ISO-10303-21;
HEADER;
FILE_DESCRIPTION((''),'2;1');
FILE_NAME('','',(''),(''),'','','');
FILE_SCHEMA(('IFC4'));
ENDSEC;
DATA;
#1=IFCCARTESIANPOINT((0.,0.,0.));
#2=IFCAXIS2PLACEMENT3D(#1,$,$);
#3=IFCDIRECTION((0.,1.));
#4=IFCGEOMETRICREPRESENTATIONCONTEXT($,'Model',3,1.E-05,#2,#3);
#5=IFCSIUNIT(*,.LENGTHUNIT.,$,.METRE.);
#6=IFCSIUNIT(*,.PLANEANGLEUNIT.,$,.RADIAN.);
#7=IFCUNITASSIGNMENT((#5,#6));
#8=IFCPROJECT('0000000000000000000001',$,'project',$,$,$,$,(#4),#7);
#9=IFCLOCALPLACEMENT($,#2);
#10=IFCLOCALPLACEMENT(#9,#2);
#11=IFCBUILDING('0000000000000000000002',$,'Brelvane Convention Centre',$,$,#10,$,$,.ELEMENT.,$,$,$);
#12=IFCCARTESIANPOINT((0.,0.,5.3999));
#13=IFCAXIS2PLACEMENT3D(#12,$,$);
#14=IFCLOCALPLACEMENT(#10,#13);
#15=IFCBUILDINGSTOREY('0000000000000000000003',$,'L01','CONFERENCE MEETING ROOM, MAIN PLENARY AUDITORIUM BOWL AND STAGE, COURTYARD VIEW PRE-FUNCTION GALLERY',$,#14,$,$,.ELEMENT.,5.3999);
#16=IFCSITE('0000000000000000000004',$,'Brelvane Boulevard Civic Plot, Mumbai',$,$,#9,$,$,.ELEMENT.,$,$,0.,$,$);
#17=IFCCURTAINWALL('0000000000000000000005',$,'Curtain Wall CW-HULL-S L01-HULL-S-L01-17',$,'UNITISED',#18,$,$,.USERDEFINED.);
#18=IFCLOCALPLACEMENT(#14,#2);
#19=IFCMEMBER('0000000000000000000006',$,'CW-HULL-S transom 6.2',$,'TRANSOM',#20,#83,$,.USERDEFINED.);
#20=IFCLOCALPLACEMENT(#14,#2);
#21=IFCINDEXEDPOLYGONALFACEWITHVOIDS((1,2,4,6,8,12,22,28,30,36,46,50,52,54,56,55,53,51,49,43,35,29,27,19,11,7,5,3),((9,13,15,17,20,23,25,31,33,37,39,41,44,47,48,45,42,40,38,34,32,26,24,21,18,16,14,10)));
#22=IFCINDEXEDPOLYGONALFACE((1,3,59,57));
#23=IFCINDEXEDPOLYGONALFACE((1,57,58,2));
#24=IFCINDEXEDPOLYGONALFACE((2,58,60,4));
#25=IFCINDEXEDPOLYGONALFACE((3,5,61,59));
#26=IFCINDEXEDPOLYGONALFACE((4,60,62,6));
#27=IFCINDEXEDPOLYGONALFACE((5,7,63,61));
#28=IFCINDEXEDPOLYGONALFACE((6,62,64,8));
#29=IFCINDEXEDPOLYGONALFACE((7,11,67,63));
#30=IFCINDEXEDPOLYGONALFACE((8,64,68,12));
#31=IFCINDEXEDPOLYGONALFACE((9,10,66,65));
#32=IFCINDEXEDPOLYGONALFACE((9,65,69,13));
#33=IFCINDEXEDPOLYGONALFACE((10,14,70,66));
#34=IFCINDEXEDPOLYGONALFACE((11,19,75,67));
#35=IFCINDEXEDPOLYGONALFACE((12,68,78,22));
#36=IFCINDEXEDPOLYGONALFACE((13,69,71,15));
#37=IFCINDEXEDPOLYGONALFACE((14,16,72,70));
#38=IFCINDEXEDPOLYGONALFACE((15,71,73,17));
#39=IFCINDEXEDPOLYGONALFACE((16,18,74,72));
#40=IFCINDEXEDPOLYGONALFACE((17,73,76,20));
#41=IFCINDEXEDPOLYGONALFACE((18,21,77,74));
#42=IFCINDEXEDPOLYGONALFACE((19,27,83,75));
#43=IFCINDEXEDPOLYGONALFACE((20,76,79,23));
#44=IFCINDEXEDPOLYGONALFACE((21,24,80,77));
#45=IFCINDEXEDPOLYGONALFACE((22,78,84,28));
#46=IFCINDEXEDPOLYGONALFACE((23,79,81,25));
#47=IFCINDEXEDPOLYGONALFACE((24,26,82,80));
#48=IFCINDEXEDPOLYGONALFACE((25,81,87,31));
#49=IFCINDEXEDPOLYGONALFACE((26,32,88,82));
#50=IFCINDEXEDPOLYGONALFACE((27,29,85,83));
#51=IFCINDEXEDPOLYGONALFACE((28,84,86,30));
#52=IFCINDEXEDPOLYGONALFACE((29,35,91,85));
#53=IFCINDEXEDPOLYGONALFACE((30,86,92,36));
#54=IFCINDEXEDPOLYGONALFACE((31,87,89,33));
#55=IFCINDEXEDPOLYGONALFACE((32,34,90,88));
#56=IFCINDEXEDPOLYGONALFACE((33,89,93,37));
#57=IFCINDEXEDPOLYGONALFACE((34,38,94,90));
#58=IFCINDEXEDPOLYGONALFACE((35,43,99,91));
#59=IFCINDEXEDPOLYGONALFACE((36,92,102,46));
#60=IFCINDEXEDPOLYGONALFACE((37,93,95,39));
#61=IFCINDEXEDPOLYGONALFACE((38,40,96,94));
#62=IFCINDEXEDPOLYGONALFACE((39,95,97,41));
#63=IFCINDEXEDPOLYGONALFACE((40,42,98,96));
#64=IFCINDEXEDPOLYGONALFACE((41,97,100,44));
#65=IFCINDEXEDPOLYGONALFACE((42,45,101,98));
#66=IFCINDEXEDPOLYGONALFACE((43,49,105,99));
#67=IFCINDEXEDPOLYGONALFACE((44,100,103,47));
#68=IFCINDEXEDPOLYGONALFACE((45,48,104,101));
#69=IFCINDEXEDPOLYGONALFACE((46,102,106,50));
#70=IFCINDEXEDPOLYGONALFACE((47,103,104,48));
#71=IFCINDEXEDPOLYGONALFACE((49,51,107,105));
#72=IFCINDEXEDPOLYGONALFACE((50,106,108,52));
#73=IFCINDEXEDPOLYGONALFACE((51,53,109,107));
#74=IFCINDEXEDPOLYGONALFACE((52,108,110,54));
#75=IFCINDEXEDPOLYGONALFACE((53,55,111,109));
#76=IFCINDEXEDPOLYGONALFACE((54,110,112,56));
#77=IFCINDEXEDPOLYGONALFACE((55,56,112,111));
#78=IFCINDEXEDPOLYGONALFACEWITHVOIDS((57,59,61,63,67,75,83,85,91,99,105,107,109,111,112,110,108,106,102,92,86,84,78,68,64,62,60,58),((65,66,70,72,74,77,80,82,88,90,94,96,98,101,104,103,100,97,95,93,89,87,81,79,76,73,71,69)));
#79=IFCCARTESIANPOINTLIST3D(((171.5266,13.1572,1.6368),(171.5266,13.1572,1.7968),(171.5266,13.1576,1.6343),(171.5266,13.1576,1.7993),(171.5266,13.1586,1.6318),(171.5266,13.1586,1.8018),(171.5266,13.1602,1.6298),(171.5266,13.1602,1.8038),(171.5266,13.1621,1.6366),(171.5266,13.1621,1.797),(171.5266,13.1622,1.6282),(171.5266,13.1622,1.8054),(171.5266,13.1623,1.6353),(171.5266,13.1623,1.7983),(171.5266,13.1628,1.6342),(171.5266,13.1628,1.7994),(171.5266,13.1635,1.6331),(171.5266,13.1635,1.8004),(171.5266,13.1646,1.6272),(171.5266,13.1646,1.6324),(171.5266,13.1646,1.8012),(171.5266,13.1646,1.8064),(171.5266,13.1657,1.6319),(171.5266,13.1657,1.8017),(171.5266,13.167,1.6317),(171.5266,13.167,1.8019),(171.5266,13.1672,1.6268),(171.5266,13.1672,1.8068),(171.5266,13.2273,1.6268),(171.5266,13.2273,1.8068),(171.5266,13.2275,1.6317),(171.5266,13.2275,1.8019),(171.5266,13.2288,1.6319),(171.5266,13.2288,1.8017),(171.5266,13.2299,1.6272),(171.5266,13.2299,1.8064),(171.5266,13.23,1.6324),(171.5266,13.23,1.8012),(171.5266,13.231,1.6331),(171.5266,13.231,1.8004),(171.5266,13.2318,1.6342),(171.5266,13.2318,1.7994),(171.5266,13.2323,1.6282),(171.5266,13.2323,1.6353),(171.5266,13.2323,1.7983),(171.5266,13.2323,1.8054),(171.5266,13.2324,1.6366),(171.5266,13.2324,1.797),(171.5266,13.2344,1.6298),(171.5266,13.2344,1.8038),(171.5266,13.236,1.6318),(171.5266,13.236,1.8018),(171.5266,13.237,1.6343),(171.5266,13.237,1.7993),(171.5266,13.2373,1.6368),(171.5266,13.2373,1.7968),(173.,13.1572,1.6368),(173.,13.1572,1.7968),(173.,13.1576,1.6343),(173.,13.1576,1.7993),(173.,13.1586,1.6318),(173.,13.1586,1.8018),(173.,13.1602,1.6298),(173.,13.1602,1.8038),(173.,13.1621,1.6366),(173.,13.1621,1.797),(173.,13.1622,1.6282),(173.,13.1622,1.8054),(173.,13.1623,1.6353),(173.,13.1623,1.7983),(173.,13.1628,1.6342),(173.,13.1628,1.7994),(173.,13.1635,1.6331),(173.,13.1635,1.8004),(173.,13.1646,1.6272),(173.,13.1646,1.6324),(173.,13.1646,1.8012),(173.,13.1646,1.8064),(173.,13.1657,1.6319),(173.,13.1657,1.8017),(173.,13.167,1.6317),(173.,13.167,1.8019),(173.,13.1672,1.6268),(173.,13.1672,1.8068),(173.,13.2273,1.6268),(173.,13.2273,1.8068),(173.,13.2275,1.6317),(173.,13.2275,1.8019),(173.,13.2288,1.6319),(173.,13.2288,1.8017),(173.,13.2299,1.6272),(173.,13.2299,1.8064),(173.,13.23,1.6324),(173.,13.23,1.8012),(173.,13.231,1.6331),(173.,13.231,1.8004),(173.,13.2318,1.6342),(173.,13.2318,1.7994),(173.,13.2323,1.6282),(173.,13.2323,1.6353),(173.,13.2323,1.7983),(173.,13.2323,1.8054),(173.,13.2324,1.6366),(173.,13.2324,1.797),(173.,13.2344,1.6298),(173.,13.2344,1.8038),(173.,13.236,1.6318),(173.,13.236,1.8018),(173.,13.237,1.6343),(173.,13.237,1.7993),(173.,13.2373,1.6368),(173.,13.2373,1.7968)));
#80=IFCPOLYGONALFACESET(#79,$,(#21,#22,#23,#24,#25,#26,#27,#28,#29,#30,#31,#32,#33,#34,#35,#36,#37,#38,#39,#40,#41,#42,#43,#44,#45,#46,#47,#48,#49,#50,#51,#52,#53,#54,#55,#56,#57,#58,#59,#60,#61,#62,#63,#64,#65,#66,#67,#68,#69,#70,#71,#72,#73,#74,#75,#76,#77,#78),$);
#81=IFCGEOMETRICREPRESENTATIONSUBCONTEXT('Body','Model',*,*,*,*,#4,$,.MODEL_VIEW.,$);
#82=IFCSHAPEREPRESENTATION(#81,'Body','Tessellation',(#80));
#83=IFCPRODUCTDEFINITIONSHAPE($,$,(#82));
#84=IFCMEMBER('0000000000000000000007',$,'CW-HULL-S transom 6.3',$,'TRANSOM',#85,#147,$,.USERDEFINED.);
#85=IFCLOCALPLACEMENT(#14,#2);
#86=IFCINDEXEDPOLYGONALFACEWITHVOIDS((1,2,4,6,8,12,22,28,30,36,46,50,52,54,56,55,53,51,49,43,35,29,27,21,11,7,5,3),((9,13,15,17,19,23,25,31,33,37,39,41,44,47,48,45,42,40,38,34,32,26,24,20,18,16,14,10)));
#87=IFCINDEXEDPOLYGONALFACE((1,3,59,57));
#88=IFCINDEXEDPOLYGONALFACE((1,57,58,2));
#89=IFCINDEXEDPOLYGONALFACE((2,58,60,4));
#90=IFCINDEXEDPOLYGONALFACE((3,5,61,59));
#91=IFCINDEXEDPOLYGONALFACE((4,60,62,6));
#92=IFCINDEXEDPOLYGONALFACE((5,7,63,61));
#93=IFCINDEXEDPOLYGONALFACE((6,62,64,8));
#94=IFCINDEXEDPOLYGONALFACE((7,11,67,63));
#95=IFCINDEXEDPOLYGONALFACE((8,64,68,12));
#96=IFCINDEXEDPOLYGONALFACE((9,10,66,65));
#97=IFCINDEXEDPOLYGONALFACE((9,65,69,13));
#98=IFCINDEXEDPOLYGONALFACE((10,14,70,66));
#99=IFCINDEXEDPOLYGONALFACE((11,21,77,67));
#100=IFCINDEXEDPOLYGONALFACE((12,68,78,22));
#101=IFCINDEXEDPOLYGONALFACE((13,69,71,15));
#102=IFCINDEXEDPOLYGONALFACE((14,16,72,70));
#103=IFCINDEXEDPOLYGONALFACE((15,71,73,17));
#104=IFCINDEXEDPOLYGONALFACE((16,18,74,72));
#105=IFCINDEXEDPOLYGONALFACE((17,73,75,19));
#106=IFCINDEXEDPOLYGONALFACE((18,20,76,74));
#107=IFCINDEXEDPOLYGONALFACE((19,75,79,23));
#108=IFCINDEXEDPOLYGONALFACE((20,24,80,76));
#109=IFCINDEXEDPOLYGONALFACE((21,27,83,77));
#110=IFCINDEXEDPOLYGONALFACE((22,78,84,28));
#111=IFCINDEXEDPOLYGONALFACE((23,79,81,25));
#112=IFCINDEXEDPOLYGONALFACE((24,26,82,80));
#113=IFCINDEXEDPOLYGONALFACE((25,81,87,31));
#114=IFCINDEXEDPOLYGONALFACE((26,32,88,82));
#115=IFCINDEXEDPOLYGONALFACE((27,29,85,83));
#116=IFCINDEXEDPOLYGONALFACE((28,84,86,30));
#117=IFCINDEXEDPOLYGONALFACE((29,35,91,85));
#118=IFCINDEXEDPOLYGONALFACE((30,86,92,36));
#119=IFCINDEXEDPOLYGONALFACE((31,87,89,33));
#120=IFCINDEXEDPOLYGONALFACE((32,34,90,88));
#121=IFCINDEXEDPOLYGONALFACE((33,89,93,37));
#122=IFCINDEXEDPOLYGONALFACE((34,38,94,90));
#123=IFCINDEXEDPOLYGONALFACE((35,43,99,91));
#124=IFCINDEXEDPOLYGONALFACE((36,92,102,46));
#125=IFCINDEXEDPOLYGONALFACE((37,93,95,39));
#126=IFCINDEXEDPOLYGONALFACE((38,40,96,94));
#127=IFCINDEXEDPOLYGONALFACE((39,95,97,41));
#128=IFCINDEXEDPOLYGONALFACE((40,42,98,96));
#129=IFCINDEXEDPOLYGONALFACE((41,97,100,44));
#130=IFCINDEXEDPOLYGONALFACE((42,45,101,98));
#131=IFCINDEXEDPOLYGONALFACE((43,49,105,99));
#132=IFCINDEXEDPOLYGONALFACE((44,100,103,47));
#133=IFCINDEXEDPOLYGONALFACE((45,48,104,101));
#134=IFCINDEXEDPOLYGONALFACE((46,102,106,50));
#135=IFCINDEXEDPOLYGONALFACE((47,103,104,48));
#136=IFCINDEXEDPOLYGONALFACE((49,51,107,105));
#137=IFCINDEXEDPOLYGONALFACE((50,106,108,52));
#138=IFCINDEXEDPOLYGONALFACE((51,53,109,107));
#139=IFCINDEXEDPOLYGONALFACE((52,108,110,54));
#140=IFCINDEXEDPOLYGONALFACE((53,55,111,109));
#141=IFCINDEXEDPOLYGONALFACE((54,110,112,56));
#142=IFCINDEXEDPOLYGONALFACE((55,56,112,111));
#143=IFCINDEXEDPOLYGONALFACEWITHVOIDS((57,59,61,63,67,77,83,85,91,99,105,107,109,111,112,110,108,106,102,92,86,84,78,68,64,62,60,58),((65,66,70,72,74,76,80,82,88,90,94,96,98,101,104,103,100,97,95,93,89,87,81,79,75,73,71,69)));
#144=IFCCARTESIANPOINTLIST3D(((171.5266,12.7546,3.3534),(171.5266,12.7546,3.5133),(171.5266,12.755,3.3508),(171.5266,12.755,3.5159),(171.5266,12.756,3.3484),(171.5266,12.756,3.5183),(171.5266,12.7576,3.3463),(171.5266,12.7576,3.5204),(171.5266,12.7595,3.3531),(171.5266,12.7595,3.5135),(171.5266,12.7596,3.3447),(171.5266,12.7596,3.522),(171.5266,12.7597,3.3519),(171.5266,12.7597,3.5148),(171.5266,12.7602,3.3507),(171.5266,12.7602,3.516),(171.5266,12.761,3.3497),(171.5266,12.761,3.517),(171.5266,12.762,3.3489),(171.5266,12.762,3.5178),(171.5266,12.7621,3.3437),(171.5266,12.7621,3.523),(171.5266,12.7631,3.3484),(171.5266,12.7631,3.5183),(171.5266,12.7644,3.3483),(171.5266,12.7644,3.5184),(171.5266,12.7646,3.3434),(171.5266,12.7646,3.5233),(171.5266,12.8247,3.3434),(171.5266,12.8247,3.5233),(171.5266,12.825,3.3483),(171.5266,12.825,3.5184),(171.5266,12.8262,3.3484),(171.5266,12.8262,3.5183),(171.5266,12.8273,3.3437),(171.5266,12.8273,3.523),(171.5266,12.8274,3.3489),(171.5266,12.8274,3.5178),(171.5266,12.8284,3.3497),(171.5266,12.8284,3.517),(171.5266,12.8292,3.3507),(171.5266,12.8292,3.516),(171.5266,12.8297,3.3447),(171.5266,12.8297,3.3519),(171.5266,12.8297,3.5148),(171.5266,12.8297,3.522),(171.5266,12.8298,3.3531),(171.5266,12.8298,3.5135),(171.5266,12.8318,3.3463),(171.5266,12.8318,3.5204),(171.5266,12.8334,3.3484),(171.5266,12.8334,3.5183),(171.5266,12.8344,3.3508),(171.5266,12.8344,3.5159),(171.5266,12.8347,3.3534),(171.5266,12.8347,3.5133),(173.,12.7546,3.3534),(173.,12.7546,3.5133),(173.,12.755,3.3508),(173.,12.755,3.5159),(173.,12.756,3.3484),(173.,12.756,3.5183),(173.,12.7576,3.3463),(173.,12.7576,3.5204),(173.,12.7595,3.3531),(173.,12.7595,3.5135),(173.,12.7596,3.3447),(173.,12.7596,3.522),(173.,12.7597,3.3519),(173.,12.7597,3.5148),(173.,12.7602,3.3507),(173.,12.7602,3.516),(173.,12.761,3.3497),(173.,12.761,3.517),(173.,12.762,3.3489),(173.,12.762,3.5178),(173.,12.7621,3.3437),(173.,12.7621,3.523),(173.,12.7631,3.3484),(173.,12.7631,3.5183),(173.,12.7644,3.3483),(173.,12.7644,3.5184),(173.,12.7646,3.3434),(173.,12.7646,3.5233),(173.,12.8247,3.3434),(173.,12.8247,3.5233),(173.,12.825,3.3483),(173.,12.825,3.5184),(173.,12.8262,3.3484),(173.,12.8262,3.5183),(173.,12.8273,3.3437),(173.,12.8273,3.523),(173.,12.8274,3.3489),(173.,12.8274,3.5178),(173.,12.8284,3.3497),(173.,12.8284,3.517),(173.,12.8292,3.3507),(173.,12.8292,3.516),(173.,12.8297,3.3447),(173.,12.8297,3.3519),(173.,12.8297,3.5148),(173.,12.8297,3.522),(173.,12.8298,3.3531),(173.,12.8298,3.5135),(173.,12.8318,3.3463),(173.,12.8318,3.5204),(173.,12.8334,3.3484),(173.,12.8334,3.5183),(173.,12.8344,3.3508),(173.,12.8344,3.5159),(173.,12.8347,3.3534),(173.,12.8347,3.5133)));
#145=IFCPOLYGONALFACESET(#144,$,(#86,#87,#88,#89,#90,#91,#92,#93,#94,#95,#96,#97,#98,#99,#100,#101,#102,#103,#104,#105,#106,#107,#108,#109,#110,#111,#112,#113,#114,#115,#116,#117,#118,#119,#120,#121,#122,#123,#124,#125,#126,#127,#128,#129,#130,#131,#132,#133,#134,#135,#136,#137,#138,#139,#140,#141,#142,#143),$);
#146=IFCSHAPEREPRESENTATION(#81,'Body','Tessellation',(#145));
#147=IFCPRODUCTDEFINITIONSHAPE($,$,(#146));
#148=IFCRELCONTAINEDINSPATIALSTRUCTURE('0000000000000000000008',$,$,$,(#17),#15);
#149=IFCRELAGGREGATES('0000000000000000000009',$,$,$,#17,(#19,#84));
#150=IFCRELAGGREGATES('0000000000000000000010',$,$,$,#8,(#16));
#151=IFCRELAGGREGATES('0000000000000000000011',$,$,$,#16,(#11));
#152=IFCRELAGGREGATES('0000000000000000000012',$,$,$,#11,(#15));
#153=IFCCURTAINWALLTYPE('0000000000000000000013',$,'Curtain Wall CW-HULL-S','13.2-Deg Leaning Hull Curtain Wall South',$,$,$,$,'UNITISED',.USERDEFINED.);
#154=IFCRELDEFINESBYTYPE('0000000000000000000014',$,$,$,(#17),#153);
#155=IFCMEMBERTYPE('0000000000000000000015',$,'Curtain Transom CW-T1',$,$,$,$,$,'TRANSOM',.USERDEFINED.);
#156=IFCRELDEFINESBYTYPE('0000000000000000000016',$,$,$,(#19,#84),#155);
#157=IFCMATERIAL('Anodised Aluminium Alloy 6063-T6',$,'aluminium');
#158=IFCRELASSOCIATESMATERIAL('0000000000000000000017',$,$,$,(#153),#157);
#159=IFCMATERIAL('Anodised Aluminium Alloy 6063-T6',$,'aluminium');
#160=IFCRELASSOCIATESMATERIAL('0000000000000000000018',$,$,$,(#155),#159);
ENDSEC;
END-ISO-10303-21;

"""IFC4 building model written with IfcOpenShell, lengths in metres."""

from ifc_helpers import new_model, si_unit, direction, frame, origin, origin_2d, place, context, subcontext, project, spatial, hollow_rectangle, extrude, material, material_profile, profile_set, type_object, element, aggregate, save


model = new_model("IFC4")

# Units and contexts
model_context = context("Model", 3, precision=1e-05, world=origin(), true_north=direction((0.0, 1.0)))
body_context = subcontext(model_context, "Body", "Model", "MODEL_VIEW")
ifc_project = project(units=[si_unit("LENGTHUNIT", "METRE"), si_unit("PLANEANGLEUNIT", "RADIAN")], contexts=[model_context])

# Site, building, storey
site_placement = place(None, origin())
site = spatial("IfcSite", under=ifc_project, at=site_placement, Name="Brelvane Boulevard Civic Plot, Mumbai", CompositionType="ELEMENT", RefElevation=0.0)
building_placement = place(site_placement, origin())
building = spatial("IfcBuilding", under=site, at=building_placement, Name="Brelvane Convention Centre", CompositionType="ELEMENT")
storey_placement = place(building_placement, frame((0.0, 0.0, 5.3999)))
storey = spatial("IfcBuildingStorey", under=building, at=storey_placement, Name="L01", Description="CONFERENCE MEETING ROOM, MAIN PLENARY AUDITORIUM BOWL AND STAGE, COURTYARD VIEW PRE-FUNCTION GALLERY", CompositionType="ELEMENT", Elevation=5.3999)

# Curtain wall, members
ifc_material_1 = material(Name="Anodised Aluminium Alloy 6063-T6", Category="aluminium")
curtain_wall_type = type_object("IfcCurtainWallType", Name="Curtain Wall CW-HULL-S", Description="13.2-Deg Leaning Hull Curtain Wall South", ElementType="UNITISED", PredefinedType="USERDEFINED", material=ifc_material_1)
curtain_wall_1_placement = place(storey_placement, origin())
curtain_wall_1 = element("IfcCurtainWall", 1, at=curtain_wall_1_placement, inside=storey, type_object=curtain_wall_type, Name="Curtain Wall CW-HULL-S L01-HULL-S-L01-17", ObjectType="UNITISED", PredefinedType="USERDEFINED")
ifc_material_2 = material(Name="Anodised Aluminium Alloy 6063-T6", Category="aluminium")
ifc_material_profile = material_profile(ifc_material_2, hollow_rectangle(XDim=0.0801, YDim=0.1799, WallThickness=0.0049, InnerFilletRadius=0.0049, OuterFilletRadius=0.01, at=origin_2d()), Name="ALU-T 180x80x5.0")
ifc_profile_set = profile_set([ifc_material_profile], Name="Anodised Aluminium Alloy 6063-T6")
member_type = type_object("IfcMemberType", Name="Curtain Transom CW-T1", ElementType="TRANSOM", PredefinedType="USERDEFINED", material=ifc_profile_set)
member_1_placement = place(storey_placement, frame((171.5266, 13.1973, 1.7168), z_axis=(1.0, 0.0, 0.0), x_axis=(0.0, 1.0, 0.0)))
member_1 = element("IfcMember", 2, at=member_1_placement, type_object=member_type, Name="CW-HULL-S transom 6.2", ObjectType="TRANSOM", PredefinedType="USERDEFINED", context=body_context, shape_type="SweptSolid", body=[
    extrude(hollow_rectangle(XDim=0.0801, YDim=0.1799, WallThickness=0.0049, InnerFilletRadius=0.0049, OuterFilletRadius=0.01, at=origin_2d()), origin(), (0.0, 0.0, 1.0), 1.4734),
])
member_2_placement = place(storey_placement, frame((171.5266, 12.7947, 3.4333), z_axis=(1.0, 0.0, 0.0), x_axis=(0.0, 1.0, 0.0)))
member_2 = element("IfcMember", 3, at=member_2_placement, type_object=member_type, Name="CW-HULL-S transom 6.3", ObjectType="TRANSOM", PredefinedType="USERDEFINED", context=body_context, shape_type="SweptSolid", body=[
    extrude(hollow_rectangle(XDim=0.0801, YDim=0.1799, WallThickness=0.0049, InnerFilletRadius=0.0049, OuterFilletRadius=0.01, at=origin_2d()), origin(), (0.0, 0.0, 1.0), 1.4734),
])

aggregate(curtain_wall_1, [member_1, member_2])

save(model, "model.ifc")
